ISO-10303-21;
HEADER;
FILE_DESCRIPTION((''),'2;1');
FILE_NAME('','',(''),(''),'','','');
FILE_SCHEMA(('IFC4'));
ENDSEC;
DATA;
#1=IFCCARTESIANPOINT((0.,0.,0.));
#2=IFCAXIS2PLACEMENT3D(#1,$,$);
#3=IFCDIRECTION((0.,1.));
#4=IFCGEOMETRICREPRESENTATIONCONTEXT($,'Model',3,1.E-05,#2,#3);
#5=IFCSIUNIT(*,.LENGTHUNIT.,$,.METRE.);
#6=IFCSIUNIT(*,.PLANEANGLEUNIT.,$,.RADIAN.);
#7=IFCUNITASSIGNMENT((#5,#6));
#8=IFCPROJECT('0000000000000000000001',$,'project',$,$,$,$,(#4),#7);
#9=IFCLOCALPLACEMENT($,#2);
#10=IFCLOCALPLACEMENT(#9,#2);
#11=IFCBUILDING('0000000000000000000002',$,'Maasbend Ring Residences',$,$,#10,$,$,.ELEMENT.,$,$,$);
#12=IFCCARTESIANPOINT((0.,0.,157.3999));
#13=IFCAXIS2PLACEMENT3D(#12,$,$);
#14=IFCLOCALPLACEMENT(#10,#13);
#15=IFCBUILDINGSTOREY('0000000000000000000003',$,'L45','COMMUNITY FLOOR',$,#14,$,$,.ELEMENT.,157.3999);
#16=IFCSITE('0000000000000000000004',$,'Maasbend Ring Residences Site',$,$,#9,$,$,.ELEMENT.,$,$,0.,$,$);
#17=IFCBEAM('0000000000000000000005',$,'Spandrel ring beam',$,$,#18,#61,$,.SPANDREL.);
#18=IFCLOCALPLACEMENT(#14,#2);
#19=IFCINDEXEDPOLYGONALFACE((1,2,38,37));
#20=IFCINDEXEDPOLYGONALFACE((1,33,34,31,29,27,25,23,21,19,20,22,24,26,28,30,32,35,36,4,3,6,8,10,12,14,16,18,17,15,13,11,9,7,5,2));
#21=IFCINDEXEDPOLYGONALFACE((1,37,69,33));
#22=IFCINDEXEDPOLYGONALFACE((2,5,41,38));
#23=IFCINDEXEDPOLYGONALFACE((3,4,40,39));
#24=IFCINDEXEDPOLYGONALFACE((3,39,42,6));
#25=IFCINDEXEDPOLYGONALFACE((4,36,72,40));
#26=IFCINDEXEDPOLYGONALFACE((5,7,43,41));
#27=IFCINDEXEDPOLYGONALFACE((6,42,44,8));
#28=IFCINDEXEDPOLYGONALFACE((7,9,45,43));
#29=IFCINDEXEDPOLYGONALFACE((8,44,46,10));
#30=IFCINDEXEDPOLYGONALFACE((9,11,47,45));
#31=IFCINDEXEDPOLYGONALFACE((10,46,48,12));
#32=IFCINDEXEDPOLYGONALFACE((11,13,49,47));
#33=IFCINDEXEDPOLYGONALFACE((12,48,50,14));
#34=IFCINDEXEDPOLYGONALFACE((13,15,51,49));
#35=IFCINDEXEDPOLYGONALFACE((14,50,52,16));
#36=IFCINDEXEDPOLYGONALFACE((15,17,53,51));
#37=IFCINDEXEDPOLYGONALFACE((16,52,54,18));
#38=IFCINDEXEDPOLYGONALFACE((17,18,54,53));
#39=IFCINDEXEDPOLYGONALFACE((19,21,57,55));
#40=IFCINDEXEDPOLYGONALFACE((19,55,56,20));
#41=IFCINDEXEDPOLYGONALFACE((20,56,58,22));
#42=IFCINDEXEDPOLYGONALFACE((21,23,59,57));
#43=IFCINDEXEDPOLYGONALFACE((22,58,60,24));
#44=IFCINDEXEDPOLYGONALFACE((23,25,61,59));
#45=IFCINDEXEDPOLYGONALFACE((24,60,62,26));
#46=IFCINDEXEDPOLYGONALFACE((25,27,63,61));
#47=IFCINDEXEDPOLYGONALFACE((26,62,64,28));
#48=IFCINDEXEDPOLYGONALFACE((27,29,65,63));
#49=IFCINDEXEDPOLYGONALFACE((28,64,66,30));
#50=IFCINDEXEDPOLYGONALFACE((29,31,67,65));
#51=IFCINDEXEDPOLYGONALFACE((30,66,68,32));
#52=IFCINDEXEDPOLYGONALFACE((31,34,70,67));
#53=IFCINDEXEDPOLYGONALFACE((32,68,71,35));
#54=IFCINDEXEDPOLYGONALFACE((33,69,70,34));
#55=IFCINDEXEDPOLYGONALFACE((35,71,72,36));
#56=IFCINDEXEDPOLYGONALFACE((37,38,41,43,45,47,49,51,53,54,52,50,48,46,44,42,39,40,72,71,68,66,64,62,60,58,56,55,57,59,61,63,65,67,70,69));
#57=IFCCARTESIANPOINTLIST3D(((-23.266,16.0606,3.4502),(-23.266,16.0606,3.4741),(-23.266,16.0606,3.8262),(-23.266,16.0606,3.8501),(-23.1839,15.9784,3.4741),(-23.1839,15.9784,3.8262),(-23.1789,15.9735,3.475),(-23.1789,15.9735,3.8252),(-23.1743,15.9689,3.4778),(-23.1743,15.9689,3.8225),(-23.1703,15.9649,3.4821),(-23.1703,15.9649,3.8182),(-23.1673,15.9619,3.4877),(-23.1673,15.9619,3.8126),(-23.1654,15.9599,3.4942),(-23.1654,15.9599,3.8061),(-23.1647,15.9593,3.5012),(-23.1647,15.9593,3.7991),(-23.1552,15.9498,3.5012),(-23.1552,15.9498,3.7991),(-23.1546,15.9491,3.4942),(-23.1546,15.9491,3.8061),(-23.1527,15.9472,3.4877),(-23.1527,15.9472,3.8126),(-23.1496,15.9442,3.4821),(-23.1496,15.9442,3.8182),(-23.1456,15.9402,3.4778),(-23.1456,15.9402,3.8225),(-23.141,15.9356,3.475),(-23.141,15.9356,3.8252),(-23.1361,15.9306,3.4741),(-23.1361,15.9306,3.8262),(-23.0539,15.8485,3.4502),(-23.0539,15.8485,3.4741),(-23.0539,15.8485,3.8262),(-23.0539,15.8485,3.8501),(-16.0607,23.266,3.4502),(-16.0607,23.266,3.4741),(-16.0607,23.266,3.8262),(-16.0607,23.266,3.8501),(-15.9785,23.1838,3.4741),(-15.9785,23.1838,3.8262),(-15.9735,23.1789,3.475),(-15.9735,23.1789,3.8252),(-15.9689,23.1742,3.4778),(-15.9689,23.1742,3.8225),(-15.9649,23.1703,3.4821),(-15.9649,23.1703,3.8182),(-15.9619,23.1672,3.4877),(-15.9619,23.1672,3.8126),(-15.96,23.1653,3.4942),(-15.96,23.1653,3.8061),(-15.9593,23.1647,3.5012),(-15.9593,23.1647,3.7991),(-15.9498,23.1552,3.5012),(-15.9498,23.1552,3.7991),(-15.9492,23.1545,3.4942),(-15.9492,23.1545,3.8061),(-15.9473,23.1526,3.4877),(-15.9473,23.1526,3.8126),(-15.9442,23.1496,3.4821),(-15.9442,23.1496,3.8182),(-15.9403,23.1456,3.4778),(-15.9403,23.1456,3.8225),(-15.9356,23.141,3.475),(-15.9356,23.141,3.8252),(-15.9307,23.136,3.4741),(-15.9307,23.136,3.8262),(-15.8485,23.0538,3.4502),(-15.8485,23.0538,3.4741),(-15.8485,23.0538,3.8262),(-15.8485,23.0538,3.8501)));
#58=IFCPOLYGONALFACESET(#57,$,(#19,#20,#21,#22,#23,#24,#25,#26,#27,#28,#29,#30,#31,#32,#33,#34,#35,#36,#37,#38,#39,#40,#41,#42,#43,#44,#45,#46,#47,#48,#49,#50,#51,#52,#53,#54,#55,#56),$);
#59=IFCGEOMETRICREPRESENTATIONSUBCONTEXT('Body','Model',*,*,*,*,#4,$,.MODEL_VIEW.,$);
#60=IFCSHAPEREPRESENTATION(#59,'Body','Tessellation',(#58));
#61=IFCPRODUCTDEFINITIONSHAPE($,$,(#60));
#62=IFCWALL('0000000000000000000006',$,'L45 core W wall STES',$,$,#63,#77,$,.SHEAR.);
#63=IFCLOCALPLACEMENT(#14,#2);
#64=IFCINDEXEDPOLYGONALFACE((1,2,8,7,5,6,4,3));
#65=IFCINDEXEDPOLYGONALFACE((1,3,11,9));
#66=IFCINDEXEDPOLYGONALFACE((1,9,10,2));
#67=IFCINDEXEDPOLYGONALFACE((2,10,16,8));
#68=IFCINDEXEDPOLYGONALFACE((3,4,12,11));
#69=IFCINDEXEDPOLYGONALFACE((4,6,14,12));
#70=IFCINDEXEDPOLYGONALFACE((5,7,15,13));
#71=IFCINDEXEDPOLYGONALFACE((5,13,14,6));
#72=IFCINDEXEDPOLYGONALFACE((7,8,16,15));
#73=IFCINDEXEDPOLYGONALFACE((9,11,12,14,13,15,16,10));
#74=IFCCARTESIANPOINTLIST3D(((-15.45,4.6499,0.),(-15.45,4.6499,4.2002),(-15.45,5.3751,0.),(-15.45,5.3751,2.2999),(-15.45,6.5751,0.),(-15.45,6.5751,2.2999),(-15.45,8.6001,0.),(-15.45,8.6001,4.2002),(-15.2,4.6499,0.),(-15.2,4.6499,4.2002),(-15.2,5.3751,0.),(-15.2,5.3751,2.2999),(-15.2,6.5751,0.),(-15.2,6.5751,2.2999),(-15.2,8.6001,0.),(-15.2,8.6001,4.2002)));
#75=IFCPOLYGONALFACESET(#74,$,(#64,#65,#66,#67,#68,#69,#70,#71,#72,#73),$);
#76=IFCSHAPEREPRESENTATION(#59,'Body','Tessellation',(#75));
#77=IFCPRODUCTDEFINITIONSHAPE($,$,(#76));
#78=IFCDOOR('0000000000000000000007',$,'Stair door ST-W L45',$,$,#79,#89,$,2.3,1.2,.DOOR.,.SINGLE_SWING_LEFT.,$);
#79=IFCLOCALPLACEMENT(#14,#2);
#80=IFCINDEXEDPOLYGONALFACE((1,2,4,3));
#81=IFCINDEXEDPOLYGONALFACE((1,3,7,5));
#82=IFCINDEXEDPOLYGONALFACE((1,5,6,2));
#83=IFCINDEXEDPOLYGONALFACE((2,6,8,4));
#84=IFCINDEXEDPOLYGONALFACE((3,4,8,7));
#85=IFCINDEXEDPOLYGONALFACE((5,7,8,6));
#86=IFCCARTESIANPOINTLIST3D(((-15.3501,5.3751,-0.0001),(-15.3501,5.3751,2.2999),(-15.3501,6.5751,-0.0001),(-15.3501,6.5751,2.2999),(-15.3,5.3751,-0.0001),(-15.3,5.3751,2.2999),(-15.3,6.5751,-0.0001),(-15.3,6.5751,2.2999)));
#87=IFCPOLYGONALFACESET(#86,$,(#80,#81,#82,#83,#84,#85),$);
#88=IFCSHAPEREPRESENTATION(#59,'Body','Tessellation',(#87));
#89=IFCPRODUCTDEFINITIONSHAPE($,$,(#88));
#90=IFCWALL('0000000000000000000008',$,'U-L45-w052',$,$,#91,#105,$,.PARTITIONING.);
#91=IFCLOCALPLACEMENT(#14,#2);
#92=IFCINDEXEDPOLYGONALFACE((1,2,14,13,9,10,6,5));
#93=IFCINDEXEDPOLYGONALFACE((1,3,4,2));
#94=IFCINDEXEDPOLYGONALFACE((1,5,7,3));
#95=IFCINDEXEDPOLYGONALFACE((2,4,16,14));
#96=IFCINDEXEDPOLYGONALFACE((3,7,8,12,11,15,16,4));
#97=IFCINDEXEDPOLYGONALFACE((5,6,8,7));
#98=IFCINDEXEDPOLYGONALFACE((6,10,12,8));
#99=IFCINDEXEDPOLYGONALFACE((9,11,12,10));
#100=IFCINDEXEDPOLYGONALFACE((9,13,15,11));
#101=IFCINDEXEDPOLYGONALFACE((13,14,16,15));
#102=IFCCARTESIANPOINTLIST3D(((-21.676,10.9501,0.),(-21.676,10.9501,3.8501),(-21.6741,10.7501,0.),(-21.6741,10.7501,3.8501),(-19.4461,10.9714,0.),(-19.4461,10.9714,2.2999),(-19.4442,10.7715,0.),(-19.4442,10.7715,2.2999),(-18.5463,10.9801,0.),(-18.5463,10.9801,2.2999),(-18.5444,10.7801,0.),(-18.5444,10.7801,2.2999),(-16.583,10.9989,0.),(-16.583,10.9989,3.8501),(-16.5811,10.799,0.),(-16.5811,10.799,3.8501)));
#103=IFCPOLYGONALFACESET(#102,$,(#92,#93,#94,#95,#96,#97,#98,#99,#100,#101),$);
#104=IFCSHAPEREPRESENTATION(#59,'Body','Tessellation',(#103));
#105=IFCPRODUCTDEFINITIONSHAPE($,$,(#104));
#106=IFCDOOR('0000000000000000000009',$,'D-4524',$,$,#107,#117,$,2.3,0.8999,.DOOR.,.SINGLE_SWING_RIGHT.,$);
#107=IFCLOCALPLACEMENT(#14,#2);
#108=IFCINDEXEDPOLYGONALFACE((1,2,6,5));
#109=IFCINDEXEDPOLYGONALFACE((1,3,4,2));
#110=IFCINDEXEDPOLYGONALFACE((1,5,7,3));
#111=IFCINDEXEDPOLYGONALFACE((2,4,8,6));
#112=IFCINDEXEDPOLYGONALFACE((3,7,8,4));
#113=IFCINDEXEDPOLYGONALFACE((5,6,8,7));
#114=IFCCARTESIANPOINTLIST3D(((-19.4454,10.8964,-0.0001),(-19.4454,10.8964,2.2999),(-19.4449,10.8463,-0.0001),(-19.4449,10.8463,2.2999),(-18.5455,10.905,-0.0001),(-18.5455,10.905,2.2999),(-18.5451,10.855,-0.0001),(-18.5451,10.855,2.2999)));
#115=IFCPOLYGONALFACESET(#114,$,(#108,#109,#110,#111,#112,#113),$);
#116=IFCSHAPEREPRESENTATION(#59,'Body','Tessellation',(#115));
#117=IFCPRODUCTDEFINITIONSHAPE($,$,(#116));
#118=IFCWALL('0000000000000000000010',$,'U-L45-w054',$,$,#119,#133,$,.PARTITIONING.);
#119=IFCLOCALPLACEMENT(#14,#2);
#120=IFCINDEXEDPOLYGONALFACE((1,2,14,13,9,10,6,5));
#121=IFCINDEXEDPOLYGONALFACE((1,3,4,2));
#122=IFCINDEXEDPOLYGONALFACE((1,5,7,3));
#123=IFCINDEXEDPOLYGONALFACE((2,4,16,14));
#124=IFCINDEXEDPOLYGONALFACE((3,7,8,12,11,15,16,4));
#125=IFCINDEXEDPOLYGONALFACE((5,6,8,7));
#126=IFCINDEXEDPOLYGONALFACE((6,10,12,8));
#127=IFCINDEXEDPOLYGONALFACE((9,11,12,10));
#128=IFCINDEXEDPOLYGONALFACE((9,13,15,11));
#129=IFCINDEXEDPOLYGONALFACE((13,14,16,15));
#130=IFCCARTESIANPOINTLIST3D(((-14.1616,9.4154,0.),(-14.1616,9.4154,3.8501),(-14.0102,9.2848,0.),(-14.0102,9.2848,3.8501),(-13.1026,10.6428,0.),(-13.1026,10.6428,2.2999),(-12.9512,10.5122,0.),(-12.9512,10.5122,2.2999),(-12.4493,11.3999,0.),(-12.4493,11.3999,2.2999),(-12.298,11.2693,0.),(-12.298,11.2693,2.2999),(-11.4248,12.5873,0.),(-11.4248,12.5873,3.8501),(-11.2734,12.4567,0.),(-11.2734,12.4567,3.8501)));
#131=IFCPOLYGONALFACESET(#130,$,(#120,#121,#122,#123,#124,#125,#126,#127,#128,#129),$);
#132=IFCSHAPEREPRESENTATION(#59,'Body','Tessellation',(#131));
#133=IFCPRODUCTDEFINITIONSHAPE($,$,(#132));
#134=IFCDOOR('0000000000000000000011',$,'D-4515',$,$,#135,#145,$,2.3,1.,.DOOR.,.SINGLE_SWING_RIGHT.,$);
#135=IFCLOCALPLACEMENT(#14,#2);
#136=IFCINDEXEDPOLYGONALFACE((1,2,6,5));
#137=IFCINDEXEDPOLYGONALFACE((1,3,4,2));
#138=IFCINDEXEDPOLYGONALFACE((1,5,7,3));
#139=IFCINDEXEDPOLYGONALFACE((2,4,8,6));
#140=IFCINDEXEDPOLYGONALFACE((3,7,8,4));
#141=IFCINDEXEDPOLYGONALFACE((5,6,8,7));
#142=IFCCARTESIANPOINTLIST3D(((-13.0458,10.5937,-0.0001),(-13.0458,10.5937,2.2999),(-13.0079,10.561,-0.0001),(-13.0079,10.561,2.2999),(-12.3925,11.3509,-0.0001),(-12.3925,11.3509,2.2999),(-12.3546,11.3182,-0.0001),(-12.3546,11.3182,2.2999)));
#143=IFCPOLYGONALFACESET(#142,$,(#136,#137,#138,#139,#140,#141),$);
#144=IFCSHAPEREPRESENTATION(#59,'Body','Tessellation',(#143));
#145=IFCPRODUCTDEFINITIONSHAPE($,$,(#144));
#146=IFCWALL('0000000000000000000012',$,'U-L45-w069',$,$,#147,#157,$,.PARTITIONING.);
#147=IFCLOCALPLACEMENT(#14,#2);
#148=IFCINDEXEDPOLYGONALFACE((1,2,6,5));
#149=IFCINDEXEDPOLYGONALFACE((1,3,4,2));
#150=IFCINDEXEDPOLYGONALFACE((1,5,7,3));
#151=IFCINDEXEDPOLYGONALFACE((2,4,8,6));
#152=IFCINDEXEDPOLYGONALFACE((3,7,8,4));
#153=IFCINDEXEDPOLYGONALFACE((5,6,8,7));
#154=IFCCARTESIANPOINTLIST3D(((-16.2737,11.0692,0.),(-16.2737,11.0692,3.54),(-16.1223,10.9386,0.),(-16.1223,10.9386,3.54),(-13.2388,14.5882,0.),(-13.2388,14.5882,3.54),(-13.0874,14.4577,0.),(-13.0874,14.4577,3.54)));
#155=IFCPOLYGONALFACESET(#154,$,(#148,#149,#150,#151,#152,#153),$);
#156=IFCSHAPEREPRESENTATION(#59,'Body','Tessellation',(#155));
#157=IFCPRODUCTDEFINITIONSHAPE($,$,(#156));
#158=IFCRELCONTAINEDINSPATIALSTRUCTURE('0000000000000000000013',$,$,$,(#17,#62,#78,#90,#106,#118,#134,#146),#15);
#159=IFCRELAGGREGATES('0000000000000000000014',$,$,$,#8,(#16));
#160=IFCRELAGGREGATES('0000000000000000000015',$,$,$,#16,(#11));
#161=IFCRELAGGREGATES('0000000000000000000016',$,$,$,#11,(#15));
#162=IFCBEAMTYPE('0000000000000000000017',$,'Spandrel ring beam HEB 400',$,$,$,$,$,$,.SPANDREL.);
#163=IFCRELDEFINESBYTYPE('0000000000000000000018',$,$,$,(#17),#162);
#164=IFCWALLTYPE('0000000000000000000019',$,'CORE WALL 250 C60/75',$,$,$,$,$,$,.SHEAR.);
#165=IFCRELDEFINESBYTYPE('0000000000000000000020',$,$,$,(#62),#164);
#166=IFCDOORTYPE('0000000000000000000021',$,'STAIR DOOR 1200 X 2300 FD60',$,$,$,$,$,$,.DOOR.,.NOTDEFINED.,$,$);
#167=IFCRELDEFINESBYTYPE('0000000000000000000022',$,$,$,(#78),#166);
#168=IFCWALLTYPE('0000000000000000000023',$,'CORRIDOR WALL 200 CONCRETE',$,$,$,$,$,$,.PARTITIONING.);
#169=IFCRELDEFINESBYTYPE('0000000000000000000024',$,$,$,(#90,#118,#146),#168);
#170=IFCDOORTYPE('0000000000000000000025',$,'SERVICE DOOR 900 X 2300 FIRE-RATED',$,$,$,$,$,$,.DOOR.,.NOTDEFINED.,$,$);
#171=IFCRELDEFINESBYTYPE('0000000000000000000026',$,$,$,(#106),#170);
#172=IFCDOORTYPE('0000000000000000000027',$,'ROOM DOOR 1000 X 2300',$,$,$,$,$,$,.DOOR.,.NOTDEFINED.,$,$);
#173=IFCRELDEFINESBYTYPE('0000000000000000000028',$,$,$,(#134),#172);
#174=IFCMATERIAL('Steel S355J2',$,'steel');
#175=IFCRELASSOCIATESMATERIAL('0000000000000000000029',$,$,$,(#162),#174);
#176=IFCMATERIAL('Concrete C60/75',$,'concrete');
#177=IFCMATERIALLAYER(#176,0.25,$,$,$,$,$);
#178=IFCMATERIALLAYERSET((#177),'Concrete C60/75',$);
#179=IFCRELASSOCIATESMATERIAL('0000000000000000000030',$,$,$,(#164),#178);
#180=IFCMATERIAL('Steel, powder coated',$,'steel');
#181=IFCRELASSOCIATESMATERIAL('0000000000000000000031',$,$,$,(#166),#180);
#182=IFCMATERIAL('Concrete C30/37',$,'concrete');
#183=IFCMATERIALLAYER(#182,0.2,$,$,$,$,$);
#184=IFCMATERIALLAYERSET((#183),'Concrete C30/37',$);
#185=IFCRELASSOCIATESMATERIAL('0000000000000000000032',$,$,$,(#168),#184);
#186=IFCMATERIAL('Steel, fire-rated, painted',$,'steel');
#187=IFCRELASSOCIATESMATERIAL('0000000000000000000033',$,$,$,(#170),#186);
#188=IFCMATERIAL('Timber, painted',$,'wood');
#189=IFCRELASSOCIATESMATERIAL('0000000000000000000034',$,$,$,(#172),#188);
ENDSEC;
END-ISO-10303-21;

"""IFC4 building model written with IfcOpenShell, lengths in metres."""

from ifc_helpers import new_model, si_unit, direction, frame, frame_2d, origin, origin_2d, place, context, subcontext, project, spatial, rectangle, i_section, extrude, material, layer, layer_set, material_profile, profile_set, type_object, element, fill, save


model = new_model("IFC4")

# Units and contexts
model_context = context("Model", 3, precision=1e-05, world=origin(), true_north=direction((0.0, 1.0)))
body_context = subcontext(model_context, "Body", "Model", "MODEL_VIEW")
ifc_project = project(units=[si_unit("LENGTHUNIT", "METRE"), si_unit("PLANEANGLEUNIT", "RADIAN")], contexts=[model_context])

# Site, building, storey
site_placement = place(None, origin())
site = spatial("IfcSite", under=ifc_project, at=site_placement, Name="Maasbend Ring Residences Site", CompositionType="ELEMENT", RefElevation=0.0)
building_placement = place(site_placement, origin())
building = spatial("IfcBuilding", under=site, at=building_placement, Name="Maasbend Ring Residences", CompositionType="ELEMENT")
storey_placement = place(building_placement, frame((0.0, 0.0, 157.3999)))
storey = spatial("IfcBuildingStorey", under=building, at=storey_placement, Name="L45", Description="COMMUNITY FLOOR", CompositionType="ELEMENT", Elevation=157.3999)

# Beam
ifc_material_1 = material(Name="Steel S355J2", Category="steel")
ifc_material_profile_1 = material_profile(ifc_material_1, i_section(OverallWidth=0.3, OverallDepth=0.3999, WebThickness=0.0134, FlangeThickness=0.0239, FilletRadius=0.0271, at=origin_2d()), Name="HEB 400")
ifc_profile_set_1 = profile_set([ifc_material_profile_1], Name="Steel S355J2")
beam_type = type_object("IfcBeamType", Name="Spandrel ring beam HEB 400", PredefinedType="SPANDREL", material=ifc_profile_set_1)
beam_placement = place(storey_placement, frame((-15.9546, 23.1599, 3.6501), z_axis=(-0.707107, -0.707107, 0.0), x_axis=(0.707107, -0.707107, 0.0)))
element("IfcBeam", 1, at=beam_placement, inside=storey, type_object=beam_type, Name="Spandrel ring beam", PredefinedType="SPANDREL", context=body_context, shape_type="SweptSolid", body=[
    extrude(i_section(OverallWidth=0.3, OverallDepth=0.3999, WebThickness=0.0134, FlangeThickness=0.0239, FilletRadius=0.0271, at=origin_2d()), origin(), (0.0, 0.0, 1.0), 10.1899),
])

# Walls, openings, doors
ifc_material_2 = material(Name="Concrete C60/75", Category="concrete")
ifc_layer_1 = layer(ifc_material_2, 0.25)
ifc_layer_set_1 = layer_set([ifc_layer_1], Name="Concrete C60/75")
wall_type_1 = type_object("IfcWallType", Name="CORE WALL 250 C60/75", PredefinedType="SHEAR", material=ifc_layer_set_1)
wall_1_placement = place(storey_placement, frame((-15.325, 8.6001, 0.0), z_axis=(0.0, 0.0, 1.0), x_axis=(0.0, -1.0, 0.0)))
wall_1 = element("IfcWall", 2, at=wall_1_placement, inside=storey, type_object=wall_type_1, Name="L45 core W wall STES", PredefinedType="SHEAR", context=body_context, shape_type="SweptSolid", body=[
    extrude(rectangle(XDim=3.9502, YDim=0.25, at=frame_2d((1.9751, 0.0))), origin(), (0.0, 0.0, 1.0), 4.2002),
])
opening_1_placement = place(wall_1_placement, frame((2.0249, 0.0, 0.0)))
opening_1 = element("IfcOpeningElement", 3, at=opening_1_placement, cuts=wall_1, PredefinedType="OPENING", context=body_context, shape_type="SweptSolid", body=[
    extrude(rectangle(XDim=1.2, YDim=2.3, at=frame_2d((0.6001, 1.1499))), frame((0.0, 0.135, 0.0), z_axis=(0.0, -1.0, 0.0), x_axis=(1.0, 0.0, 0.0)), (0.0, 0.0, 1.0), 0.27),
])
ifc_material_3 = material(Name="Steel, powder coated", Category="steel")
door_type_1 = type_object("IfcDoorType", Name="STAIR DOOR 1200 X 2300 FD60", OperationType="NOTDEFINED", PredefinedType="DOOR", material=ifc_material_3)
door_1_placement = place(opening_1_placement, origin())
door_1 = element("IfcDoor", 4, at=door_1_placement, inside=storey, type_object=door_type_1, Name="Stair door ST-W L45", OperationType="SINGLE_SWING_LEFT", OverallHeight=2.3, OverallWidth=1.2, PredefinedType="DOOR", context=body_context, shape_type="SweptSolid", body=[
    extrude(rectangle(XDim=1.2, YDim=2.3, at=frame_2d((0.6001, 1.1499))), frame((0.0, 0.0249, 0.0), z_axis=(0.0, -1.0, 0.0), x_axis=(1.0, 0.0, 0.0)), (0.0, 0.0, 1.0), 0.05),
])
fill(opening_1, door_1)
ifc_material_4 = material(Name="Concrete C30/37", Category="concrete")
ifc_layer_2 = layer(ifc_material_4, 0.2)
ifc_layer_set_2 = layer_set([ifc_layer_2], Name="Concrete C30/37")
wall_type_2 = type_object("IfcWallType", Name="CORRIDOR WALL 200 CONCRETE", PredefinedType="PARTITIONING", material=ifc_layer_set_2)
wall_2_placement = place(storey_placement, frame((-21.675, 10.8501, 0.0), z_axis=(0.0, 0.0, 1.0), x_axis=(0.999954, 0.009587, 0.0)))
wall_2 = element("IfcWall", 5, at=wall_2_placement, inside=storey, type_object=wall_type_2, Name="U-L45-w052", PredefinedType="PARTITIONING", context=body_context, shape_type="SweptSolid", body=[
    extrude(rectangle(XDim=5.0933, YDim=0.2, at=frame_2d((2.5466, 0.0))), origin(), (0.0, 0.0, 1.0), 3.8501),
])
opening_2_placement = place(wall_2_placement, frame((2.23, 0.0, 0.0)))
opening_2 = element("IfcOpeningElement", 6, at=opening_2_placement, cuts=wall_2, PredefinedType="OPENING", context=body_context, shape_type="SweptSolid", body=[
    extrude(rectangle(XDim=0.8999, YDim=2.3, at=frame_2d((0.45, 1.1499))), frame((0.0, 0.1099, 0.0), z_axis=(0.0, -1.0, 0.0), x_axis=(1.0, 0.0, 0.0)), (0.0, 0.0, 1.0), 0.22),
])
ifc_material_5 = material(Name="Steel, fire-rated, painted", Category="steel")
door_type_2 = type_object("IfcDoorType", Name="SERVICE DOOR 900 X 2300 FIRE-RATED", OperationType="NOTDEFINED", PredefinedType="DOOR", material=ifc_material_5)
door_2_placement = place(opening_2_placement, origin())
door_2 = element("IfcDoor", 7, at=door_2_placement, inside=storey, type_object=door_type_2, Name="D-4524", OperationType="SINGLE_SWING_RIGHT", OverallHeight=2.3, OverallWidth=0.8999, PredefinedType="DOOR", context=body_context, shape_type="SweptSolid", body=[
    extrude(rectangle(XDim=0.8999, YDim=2.3, at=frame_2d((0.45, 1.1499))), frame((0.0, 0.0249, 0.0), z_axis=(0.0, -1.0, 0.0), x_axis=(1.0, 0.0, 0.0)), (0.0, 0.0, 1.0), 0.05),
])
fill(opening_2, door_2)
wall_3_placement = place(storey_placement, frame((-14.0859, 9.3501, 0.0), z_axis=(0.0, 0.0, 1.0), x_axis=(0.653274, 0.757122, 0.0)))
wall_3 = element("IfcWall", 8, at=wall_3_placement, inside=storey, type_object=wall_type_2, Name="U-L45-w054", PredefinedType="PARTITIONING", context=body_context, shape_type="SweptSolid", body=[
    extrude(rectangle(XDim=4.1895, YDim=0.2, at=frame_2d((2.0947, 0.0))), origin(), (0.0, 0.0, 1.0), 3.8501),
])
opening_3_placement = place(wall_3_placement, frame((1.6211, 0.0, 0.0)))
opening_3 = element("IfcOpeningElement", 9, at=opening_3_placement, cuts=wall_3, PredefinedType="OPENING", context=body_context, shape_type="SweptSolid", body=[
    extrude(rectangle(XDim=1.0, YDim=2.3, at=frame_2d((0.5, 1.1499))), frame((0.0, 0.1099, 0.0), z_axis=(0.0, -1.0, 0.0), x_axis=(1.0, 0.0, 0.0)), (0.0, 0.0, 1.0), 0.22),
])
ifc_material_6 = material(Name="Timber, painted", Category="wood")
door_type_3 = type_object("IfcDoorType", Name="ROOM DOOR 1000 X 2300", OperationType="NOTDEFINED", PredefinedType="DOOR", material=ifc_material_6)
door_3_placement = place(opening_3_placement, origin())
door_3 = element("IfcDoor", 10, at=door_3_placement, inside=storey, type_object=door_type_3, Name="D-4515", OperationType="SINGLE_SWING_RIGHT", OverallHeight=2.3, OverallWidth=1.0, PredefinedType="DOOR", context=body_context, shape_type="SweptSolid", body=[
    extrude(rectangle(XDim=1.0, YDim=2.3, at=frame_2d((0.5, 1.1499))), frame((0.0, 0.0249, 0.0), z_axis=(0.0, -1.0, 0.0), x_axis=(1.0, 0.0, 0.0)), (0.0, 0.0, 1.0), 0.05),
])
fill(opening_3, door_3)

# Wall
wall_4_placement = place(storey_placement, frame((-16.198, 11.0039, 0.0), z_axis=(0.0, 0.0, 1.0), x_axis=(0.653094, 0.757276, 0.0)))
element("IfcWall", 11, at=wall_4_placement, inside=storey, type_object=wall_type_2, Name="U-L45-w069", PredefinedType="PARTITIONING", context=body_context, shape_type="SweptSolid", body=[
    extrude(rectangle(XDim=4.647, YDim=0.2, at=frame_2d((2.3235, 0.0))), origin(), (0.0, 0.0, 1.0), 3.54),
])

save(model, "model.ifc")
